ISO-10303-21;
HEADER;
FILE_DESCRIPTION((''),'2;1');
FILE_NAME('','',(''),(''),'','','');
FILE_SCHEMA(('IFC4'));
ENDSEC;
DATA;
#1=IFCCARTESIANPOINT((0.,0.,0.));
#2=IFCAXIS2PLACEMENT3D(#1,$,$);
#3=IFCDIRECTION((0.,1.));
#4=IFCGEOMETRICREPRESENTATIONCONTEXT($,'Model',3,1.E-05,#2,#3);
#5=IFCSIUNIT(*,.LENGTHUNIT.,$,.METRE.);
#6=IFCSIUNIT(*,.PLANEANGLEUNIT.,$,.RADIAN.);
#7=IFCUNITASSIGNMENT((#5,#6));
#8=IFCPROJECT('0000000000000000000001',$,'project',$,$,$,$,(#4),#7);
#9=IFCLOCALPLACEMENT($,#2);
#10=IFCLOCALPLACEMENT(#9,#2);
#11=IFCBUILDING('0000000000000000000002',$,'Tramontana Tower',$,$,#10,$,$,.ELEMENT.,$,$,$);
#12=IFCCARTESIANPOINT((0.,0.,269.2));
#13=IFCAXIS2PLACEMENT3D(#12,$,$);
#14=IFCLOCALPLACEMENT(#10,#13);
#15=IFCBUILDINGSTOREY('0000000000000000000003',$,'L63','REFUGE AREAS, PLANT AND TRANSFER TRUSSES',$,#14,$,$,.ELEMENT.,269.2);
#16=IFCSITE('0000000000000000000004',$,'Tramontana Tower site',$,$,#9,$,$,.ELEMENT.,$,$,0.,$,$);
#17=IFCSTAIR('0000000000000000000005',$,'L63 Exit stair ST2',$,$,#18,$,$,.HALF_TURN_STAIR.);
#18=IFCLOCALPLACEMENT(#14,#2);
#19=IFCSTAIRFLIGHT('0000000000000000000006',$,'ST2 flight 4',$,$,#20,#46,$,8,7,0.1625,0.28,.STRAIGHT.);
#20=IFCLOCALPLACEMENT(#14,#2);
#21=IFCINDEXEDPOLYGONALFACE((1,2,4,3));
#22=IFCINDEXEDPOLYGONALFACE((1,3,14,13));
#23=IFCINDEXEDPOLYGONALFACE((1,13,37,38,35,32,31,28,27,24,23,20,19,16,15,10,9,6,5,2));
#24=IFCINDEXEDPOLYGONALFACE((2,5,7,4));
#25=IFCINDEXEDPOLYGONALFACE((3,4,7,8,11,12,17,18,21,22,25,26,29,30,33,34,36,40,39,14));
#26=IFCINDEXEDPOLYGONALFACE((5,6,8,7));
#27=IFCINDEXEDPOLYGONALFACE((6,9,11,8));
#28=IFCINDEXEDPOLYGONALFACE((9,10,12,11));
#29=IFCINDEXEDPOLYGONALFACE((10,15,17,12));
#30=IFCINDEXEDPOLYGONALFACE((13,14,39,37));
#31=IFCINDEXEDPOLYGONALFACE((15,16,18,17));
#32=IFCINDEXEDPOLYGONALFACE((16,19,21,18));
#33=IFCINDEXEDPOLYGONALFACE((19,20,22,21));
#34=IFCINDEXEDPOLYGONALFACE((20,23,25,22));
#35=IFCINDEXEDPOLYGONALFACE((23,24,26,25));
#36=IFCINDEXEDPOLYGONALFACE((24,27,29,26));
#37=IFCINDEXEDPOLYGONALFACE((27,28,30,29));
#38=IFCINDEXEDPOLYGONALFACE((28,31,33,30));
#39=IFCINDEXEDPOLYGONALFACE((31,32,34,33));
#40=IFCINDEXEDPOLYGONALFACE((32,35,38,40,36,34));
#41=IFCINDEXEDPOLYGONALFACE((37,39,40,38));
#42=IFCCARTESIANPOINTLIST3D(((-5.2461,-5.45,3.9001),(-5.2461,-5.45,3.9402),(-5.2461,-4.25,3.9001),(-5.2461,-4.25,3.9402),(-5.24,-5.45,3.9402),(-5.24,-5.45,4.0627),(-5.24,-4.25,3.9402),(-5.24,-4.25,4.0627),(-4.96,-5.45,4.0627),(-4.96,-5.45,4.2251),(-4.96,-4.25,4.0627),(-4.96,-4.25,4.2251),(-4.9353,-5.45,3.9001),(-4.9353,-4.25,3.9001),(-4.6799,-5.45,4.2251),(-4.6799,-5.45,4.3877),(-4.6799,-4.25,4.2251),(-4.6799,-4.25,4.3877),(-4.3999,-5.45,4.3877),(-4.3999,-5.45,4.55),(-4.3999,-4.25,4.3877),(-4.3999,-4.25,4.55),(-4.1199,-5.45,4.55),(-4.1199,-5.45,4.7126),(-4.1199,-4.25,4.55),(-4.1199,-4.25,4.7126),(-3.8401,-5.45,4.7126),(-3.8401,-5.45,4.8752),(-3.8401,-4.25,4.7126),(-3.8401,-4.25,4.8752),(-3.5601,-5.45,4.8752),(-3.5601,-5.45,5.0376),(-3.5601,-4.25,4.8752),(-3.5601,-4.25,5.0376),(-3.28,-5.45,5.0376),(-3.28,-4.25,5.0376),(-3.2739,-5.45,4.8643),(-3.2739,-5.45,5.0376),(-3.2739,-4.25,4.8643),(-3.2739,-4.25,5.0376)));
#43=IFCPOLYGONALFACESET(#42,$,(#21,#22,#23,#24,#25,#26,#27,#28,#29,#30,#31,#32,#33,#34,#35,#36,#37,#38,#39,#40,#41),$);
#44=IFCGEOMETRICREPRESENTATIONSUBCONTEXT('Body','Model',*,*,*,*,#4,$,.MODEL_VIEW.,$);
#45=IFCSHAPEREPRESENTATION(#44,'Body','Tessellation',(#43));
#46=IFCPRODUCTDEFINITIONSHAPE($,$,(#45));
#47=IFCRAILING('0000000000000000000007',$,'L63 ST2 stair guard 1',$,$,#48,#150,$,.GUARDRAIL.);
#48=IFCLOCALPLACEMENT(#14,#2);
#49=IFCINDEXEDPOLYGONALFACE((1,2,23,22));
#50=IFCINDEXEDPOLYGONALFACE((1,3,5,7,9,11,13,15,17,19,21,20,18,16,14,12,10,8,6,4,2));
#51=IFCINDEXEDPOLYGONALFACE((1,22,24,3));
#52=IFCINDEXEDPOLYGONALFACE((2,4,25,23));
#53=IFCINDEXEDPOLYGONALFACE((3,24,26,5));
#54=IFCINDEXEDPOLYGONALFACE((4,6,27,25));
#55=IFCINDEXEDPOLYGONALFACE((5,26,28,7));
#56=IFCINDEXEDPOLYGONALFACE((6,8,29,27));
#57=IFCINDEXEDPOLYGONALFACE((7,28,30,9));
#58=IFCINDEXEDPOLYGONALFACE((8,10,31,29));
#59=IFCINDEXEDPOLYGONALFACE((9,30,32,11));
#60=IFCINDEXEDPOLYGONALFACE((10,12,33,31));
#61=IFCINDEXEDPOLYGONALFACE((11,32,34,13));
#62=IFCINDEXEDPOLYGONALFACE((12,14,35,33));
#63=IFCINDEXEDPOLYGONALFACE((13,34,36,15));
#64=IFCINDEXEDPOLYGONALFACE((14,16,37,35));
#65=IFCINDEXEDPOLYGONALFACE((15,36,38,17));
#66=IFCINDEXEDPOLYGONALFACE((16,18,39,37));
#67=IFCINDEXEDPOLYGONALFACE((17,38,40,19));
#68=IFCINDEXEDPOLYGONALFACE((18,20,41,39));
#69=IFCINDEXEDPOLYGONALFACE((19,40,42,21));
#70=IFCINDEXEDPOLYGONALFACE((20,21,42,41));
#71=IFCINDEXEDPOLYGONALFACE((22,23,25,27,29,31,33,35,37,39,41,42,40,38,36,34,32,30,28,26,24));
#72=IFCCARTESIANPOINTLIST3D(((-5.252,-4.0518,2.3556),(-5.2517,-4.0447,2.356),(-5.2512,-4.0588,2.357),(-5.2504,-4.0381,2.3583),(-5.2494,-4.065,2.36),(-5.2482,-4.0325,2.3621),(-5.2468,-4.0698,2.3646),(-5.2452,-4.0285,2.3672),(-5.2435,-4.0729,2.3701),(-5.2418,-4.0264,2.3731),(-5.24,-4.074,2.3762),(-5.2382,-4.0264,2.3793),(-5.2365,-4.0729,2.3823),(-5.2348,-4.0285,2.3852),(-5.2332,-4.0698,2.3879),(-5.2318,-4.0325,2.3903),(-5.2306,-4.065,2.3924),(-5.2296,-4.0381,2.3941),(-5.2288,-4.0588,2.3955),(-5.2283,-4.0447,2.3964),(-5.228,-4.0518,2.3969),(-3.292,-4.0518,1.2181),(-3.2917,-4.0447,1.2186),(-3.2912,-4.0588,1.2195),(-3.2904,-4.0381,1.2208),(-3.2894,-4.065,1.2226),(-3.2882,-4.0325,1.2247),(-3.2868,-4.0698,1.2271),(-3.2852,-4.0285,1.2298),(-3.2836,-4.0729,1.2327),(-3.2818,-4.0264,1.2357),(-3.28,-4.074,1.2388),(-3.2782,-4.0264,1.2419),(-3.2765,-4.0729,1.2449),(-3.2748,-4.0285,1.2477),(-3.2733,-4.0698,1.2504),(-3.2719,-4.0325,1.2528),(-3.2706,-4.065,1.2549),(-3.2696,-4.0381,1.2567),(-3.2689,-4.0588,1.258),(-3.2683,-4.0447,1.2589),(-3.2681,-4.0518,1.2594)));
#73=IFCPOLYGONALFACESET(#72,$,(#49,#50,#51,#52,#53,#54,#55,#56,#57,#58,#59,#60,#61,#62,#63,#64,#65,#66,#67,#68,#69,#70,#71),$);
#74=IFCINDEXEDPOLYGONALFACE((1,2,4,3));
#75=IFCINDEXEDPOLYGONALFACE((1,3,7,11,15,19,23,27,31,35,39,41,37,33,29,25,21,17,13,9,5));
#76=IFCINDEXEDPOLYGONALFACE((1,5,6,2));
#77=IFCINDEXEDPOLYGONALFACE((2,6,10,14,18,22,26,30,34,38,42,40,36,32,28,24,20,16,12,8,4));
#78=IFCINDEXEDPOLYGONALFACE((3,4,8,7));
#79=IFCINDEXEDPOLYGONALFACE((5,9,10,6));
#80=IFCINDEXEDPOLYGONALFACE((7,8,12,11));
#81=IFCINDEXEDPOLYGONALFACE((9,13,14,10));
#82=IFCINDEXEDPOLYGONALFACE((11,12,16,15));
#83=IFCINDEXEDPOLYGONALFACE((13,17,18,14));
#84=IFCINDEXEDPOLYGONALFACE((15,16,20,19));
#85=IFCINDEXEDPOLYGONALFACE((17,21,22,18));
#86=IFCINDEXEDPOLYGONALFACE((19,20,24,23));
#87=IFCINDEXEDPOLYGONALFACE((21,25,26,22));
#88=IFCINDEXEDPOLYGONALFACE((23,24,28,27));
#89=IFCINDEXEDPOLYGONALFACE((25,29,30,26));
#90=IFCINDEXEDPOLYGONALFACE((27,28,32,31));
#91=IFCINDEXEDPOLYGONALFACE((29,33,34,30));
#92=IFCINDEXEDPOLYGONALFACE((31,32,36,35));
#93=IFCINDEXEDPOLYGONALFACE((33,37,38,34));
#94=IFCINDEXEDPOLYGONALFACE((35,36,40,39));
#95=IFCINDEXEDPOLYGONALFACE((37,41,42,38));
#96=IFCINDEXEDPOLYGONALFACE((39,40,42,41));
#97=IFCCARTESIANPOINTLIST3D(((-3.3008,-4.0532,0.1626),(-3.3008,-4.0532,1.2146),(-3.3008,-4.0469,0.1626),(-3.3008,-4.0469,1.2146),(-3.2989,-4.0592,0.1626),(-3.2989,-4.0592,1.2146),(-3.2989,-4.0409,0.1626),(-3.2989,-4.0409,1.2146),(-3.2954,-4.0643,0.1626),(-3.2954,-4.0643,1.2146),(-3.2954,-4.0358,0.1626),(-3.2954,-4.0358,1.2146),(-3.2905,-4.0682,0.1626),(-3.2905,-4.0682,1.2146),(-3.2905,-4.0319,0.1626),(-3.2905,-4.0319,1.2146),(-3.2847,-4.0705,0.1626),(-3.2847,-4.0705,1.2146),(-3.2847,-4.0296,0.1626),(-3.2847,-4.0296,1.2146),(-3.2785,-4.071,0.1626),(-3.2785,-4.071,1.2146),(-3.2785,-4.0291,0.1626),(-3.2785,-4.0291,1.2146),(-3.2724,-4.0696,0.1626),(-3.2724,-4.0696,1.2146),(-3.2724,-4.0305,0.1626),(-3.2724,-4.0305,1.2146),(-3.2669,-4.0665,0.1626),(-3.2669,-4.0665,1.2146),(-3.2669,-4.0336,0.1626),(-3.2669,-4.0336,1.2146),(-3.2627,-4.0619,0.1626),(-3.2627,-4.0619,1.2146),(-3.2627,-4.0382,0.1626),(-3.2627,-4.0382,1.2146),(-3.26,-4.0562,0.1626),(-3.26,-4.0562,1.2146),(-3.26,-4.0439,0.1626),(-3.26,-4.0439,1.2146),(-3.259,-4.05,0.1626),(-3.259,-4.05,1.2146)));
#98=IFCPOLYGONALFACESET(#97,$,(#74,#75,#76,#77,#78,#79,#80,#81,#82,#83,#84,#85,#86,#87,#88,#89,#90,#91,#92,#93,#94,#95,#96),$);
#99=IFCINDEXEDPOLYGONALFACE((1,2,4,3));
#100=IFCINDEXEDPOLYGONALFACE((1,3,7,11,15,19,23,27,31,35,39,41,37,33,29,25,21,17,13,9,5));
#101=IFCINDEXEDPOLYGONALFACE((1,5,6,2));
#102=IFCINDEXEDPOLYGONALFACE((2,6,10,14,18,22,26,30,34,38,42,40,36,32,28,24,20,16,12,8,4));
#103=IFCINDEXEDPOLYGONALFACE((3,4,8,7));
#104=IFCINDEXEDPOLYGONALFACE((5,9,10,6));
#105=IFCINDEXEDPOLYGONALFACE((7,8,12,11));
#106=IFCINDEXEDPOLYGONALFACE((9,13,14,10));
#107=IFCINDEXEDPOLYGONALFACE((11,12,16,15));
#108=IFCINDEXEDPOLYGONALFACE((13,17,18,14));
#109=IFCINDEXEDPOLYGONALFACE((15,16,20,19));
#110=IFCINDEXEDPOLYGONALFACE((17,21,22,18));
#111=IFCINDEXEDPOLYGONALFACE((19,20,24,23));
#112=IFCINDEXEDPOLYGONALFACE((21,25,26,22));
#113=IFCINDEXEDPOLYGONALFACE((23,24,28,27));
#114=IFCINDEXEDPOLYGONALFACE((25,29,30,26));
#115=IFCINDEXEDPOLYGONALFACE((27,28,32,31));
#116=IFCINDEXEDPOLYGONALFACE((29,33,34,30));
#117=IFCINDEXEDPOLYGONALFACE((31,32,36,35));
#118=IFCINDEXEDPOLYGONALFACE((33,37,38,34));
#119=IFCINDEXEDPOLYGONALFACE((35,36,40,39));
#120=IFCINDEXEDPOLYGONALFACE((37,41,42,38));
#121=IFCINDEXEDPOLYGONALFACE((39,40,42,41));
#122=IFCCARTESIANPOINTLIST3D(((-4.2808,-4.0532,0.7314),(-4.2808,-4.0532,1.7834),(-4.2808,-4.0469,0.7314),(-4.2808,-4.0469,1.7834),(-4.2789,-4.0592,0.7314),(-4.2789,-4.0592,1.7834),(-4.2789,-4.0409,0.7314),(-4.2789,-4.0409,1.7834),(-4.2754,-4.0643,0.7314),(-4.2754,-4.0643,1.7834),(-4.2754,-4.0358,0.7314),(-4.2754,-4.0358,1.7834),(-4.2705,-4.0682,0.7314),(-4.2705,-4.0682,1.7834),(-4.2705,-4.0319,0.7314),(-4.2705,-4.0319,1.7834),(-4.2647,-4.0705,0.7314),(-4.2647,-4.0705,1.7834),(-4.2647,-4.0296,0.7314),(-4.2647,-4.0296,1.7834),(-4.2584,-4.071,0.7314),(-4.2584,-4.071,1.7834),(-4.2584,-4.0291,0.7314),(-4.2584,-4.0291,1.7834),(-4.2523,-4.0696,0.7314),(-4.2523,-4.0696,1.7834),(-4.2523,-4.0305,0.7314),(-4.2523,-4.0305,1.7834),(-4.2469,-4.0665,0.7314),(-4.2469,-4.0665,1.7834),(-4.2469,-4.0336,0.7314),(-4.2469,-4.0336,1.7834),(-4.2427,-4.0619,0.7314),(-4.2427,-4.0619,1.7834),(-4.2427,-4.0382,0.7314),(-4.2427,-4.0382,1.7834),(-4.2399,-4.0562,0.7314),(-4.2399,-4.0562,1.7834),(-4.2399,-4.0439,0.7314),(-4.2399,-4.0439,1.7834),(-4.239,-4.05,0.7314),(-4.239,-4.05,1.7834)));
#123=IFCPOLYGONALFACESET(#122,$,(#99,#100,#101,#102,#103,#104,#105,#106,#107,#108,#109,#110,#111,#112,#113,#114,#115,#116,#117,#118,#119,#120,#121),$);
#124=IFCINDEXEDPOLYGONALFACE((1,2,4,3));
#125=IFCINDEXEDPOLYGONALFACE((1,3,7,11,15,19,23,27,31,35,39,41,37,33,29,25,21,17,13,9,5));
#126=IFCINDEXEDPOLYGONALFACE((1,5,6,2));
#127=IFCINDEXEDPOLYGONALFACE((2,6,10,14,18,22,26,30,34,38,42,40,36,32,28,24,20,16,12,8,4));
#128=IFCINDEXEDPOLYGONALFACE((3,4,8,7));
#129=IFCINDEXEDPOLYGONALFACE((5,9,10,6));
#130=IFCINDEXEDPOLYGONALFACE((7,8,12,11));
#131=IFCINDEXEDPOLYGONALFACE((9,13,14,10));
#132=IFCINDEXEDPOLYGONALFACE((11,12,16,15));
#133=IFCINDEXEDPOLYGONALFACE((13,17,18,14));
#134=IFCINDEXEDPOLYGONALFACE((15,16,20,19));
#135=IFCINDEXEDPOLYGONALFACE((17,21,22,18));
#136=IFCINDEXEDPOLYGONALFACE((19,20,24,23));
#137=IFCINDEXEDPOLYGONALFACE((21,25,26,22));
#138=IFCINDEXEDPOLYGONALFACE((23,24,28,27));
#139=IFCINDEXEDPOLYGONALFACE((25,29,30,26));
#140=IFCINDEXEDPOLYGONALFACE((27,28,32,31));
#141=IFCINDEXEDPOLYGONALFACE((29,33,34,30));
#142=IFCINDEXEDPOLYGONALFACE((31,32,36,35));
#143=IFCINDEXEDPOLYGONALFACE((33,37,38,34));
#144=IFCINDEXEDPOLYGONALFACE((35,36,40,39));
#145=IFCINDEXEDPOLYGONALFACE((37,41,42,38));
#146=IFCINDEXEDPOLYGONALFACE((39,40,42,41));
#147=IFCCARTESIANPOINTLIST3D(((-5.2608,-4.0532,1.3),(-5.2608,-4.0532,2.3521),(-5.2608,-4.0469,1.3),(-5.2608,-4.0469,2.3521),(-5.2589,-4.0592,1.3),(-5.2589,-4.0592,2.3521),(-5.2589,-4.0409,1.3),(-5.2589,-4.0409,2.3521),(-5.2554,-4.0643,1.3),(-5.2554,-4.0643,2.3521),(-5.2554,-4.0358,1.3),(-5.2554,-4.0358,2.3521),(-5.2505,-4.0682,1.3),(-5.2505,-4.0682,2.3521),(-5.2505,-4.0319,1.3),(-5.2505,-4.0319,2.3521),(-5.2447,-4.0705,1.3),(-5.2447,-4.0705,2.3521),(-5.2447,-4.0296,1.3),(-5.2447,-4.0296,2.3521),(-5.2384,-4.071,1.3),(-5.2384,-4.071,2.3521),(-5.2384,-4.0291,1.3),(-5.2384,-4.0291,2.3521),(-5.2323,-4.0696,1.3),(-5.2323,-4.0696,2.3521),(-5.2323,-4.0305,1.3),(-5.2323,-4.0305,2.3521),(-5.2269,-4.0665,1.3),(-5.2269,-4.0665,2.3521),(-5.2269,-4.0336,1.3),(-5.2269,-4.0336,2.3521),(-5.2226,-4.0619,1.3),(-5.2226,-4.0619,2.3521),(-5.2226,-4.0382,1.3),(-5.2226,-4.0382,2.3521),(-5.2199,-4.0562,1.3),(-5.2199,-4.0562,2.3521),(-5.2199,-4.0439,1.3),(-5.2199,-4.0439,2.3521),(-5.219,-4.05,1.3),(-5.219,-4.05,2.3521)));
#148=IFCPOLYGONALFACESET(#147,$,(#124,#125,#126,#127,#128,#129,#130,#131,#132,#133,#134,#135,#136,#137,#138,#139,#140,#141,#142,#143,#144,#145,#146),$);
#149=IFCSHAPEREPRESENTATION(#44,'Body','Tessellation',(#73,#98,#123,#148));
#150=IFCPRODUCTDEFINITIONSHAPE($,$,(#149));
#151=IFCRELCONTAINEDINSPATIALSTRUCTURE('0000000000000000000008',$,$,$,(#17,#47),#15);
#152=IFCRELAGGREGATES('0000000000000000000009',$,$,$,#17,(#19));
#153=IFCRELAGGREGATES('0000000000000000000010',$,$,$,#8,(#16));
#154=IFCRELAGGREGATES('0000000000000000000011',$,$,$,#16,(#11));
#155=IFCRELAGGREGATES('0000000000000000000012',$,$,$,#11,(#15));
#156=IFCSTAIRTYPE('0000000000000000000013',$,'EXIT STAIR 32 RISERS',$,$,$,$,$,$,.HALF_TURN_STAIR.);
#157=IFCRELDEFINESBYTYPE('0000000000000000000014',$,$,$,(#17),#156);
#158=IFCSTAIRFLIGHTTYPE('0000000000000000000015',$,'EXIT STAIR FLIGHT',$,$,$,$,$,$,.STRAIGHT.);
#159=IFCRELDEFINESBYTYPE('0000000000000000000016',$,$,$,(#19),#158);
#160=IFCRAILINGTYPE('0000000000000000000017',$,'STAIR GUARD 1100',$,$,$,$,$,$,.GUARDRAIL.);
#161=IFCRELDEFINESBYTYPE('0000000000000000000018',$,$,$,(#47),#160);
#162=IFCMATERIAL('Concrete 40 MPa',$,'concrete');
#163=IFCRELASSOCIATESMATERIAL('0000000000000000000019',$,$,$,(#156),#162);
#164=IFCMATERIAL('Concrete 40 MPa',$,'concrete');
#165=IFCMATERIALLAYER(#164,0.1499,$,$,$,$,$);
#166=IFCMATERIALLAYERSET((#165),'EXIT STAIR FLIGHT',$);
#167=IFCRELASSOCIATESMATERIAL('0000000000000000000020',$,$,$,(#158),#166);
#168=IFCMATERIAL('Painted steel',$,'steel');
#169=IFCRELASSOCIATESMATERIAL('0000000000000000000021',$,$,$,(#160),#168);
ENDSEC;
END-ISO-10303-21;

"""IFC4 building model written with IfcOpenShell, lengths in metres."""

from ifc_helpers import new_model, si_unit, direction, frame, origin, origin_2d, place, context, subcontext, project, spatial, polyline, circle, outline, extrude, material, layer, layer_set, type_object, element, aggregate, save


model = new_model("IFC4")

# Units and contexts
model_context = context("Model", 3, precision=1e-05, world=origin(), true_north=direction((0.0, 1.0)))
body_context = subcontext(model_context, "Body", "Model", "MODEL_VIEW")
ifc_project = project(units=[si_unit("LENGTHUNIT", "METRE"), si_unit("PLANEANGLEUNIT", "RADIAN")], contexts=[model_context])

# Site, building, storey
site_placement = place(None, origin())
site = spatial("IfcSite", under=ifc_project, at=site_placement, Name="Tramontana Tower site", CompositionType="ELEMENT", RefElevation=0.0)
building_placement = place(site_placement, origin())
building = spatial("IfcBuilding", under=site, at=building_placement, Name="Tramontana Tower", CompositionType="ELEMENT")
storey_placement = place(building_placement, frame((0.0, 0.0, 269.2)))
storey = spatial("IfcBuildingStorey", under=building, at=storey_placement, Name="L63", Description="REFUGE AREAS, PLANT AND TRANSFER TRUSSES", CompositionType="ELEMENT", Elevation=269.2)

# Stair, stair flight
ifc_material_1 = material(Name="Concrete 40 MPa", Category="concrete")
stair_type = type_object("IfcStairType", Name="EXIT STAIR 32 RISERS", PredefinedType="HALF_TURN_STAIR", material=ifc_material_1)
stair_placement = place(storey_placement, origin())
stair = element("IfcStair", 1, at=stair_placement, inside=storey, type_object=stair_type, Name="L63 Exit stair ST2", PredefinedType="HALF_TURN_STAIR")
ifc_material_2 = material(Name="Concrete 40 MPa", Category="concrete")
ifc_layer_1 = layer(ifc_material_2, 0.1499)
ifc_layer_set_1 = layer_set([ifc_layer_1], Name="EXIT STAIR FLIGHT")
stair_flight_type = type_object("IfcStairFlightType", Name="EXIT STAIR FLIGHT", PredefinedType="STRAIGHT", material=ifc_layer_set_1)
stair_flight_1_placement = place(storey_placement, frame((-5.24, -4.8501, 3.9001), z_axis=(0.0, 0.0, 1.0), x_axis=(1.0, 0.0, 0.0)))
stair_flight_1 = element("IfcStairFlight", 2, at=stair_flight_1_placement, type_object=stair_flight_type, Name="ST2 flight 4", NumberOfRisers=8, NumberOfTreads=7, PredefinedType="STRAIGHT", RiserHeight=0.1625, TreadLength=0.28, context=body_context, shape_type="SweptSolid", body=[
    extrude(outline(polyline([(-0.0061, 0.0), (-0.0061, 0.04), (0.0, 0.04), (0.0, 0.1626), (0.28, 0.1626), (0.28, 0.325), (0.5601, 0.325), (0.5601, 0.4875), (0.8401, 0.4875), (0.8401, 0.6499), (1.1201, 0.6499), (1.1201, 0.8125), (1.3999, 0.8125), (1.3999, 0.9751), (1.6799, 0.9751), (1.6799, 1.1375), (1.96, 1.1375), (1.9661, 1.1375), (1.9661, 0.9641), (0.3047, 0.0), (-0.0061, 0.0)])), frame((0.0, 0.6001, 0.0), z_axis=(0.0, -1.0, 0.0), x_axis=(1.0, 0.0, 0.0)), (0.0, 0.0, 1.0), 1.2),
])
aggregate(stair, [stair_flight_1])

# Railing
ifc_material_3 = material(Name="Painted steel", Category="steel")
railing_type_1 = type_object("IfcRailingType", Name="STAIR GUARD 1100", PredefinedType="GUARDRAIL", material=ifc_material_3)
railing_1_placement = place(storey_placement, frame((-3.28, -4.05, 0.1626)))
element("IfcRailing", 3, at=railing_1_placement, inside=storey, type_object=railing_type_1, Name="L63 ST2 stair guard 1", PredefinedType="GUARDRAIL", context=body_context, shape_type="SweptSolid", body=[
    extrude(circle(Radius=0.0239, at=origin_2d()), frame((0.0, 0.0, 1.0762), z_axis=(-0.864902, 0.0, 0.501941), x_axis=(0.0, -1.0, 0.0)), (0.0, 0.0, 1.0), 2.2661),
    extrude(circle(Radius=0.021, at=origin_2d()), origin(), (0.0, 0.0, 1.0), 1.052),
    extrude(circle(Radius=0.021, at=origin_2d()), frame((-0.98, 0.0, 0.5688)), (0.0, 0.0, 1.0), 1.052),
    extrude(circle(Radius=0.021, at=origin_2d()), frame((-1.96, 0.0, 1.1375)), (0.0, 0.0, 1.0), 1.052),
])

save(model, "model.ifc")
